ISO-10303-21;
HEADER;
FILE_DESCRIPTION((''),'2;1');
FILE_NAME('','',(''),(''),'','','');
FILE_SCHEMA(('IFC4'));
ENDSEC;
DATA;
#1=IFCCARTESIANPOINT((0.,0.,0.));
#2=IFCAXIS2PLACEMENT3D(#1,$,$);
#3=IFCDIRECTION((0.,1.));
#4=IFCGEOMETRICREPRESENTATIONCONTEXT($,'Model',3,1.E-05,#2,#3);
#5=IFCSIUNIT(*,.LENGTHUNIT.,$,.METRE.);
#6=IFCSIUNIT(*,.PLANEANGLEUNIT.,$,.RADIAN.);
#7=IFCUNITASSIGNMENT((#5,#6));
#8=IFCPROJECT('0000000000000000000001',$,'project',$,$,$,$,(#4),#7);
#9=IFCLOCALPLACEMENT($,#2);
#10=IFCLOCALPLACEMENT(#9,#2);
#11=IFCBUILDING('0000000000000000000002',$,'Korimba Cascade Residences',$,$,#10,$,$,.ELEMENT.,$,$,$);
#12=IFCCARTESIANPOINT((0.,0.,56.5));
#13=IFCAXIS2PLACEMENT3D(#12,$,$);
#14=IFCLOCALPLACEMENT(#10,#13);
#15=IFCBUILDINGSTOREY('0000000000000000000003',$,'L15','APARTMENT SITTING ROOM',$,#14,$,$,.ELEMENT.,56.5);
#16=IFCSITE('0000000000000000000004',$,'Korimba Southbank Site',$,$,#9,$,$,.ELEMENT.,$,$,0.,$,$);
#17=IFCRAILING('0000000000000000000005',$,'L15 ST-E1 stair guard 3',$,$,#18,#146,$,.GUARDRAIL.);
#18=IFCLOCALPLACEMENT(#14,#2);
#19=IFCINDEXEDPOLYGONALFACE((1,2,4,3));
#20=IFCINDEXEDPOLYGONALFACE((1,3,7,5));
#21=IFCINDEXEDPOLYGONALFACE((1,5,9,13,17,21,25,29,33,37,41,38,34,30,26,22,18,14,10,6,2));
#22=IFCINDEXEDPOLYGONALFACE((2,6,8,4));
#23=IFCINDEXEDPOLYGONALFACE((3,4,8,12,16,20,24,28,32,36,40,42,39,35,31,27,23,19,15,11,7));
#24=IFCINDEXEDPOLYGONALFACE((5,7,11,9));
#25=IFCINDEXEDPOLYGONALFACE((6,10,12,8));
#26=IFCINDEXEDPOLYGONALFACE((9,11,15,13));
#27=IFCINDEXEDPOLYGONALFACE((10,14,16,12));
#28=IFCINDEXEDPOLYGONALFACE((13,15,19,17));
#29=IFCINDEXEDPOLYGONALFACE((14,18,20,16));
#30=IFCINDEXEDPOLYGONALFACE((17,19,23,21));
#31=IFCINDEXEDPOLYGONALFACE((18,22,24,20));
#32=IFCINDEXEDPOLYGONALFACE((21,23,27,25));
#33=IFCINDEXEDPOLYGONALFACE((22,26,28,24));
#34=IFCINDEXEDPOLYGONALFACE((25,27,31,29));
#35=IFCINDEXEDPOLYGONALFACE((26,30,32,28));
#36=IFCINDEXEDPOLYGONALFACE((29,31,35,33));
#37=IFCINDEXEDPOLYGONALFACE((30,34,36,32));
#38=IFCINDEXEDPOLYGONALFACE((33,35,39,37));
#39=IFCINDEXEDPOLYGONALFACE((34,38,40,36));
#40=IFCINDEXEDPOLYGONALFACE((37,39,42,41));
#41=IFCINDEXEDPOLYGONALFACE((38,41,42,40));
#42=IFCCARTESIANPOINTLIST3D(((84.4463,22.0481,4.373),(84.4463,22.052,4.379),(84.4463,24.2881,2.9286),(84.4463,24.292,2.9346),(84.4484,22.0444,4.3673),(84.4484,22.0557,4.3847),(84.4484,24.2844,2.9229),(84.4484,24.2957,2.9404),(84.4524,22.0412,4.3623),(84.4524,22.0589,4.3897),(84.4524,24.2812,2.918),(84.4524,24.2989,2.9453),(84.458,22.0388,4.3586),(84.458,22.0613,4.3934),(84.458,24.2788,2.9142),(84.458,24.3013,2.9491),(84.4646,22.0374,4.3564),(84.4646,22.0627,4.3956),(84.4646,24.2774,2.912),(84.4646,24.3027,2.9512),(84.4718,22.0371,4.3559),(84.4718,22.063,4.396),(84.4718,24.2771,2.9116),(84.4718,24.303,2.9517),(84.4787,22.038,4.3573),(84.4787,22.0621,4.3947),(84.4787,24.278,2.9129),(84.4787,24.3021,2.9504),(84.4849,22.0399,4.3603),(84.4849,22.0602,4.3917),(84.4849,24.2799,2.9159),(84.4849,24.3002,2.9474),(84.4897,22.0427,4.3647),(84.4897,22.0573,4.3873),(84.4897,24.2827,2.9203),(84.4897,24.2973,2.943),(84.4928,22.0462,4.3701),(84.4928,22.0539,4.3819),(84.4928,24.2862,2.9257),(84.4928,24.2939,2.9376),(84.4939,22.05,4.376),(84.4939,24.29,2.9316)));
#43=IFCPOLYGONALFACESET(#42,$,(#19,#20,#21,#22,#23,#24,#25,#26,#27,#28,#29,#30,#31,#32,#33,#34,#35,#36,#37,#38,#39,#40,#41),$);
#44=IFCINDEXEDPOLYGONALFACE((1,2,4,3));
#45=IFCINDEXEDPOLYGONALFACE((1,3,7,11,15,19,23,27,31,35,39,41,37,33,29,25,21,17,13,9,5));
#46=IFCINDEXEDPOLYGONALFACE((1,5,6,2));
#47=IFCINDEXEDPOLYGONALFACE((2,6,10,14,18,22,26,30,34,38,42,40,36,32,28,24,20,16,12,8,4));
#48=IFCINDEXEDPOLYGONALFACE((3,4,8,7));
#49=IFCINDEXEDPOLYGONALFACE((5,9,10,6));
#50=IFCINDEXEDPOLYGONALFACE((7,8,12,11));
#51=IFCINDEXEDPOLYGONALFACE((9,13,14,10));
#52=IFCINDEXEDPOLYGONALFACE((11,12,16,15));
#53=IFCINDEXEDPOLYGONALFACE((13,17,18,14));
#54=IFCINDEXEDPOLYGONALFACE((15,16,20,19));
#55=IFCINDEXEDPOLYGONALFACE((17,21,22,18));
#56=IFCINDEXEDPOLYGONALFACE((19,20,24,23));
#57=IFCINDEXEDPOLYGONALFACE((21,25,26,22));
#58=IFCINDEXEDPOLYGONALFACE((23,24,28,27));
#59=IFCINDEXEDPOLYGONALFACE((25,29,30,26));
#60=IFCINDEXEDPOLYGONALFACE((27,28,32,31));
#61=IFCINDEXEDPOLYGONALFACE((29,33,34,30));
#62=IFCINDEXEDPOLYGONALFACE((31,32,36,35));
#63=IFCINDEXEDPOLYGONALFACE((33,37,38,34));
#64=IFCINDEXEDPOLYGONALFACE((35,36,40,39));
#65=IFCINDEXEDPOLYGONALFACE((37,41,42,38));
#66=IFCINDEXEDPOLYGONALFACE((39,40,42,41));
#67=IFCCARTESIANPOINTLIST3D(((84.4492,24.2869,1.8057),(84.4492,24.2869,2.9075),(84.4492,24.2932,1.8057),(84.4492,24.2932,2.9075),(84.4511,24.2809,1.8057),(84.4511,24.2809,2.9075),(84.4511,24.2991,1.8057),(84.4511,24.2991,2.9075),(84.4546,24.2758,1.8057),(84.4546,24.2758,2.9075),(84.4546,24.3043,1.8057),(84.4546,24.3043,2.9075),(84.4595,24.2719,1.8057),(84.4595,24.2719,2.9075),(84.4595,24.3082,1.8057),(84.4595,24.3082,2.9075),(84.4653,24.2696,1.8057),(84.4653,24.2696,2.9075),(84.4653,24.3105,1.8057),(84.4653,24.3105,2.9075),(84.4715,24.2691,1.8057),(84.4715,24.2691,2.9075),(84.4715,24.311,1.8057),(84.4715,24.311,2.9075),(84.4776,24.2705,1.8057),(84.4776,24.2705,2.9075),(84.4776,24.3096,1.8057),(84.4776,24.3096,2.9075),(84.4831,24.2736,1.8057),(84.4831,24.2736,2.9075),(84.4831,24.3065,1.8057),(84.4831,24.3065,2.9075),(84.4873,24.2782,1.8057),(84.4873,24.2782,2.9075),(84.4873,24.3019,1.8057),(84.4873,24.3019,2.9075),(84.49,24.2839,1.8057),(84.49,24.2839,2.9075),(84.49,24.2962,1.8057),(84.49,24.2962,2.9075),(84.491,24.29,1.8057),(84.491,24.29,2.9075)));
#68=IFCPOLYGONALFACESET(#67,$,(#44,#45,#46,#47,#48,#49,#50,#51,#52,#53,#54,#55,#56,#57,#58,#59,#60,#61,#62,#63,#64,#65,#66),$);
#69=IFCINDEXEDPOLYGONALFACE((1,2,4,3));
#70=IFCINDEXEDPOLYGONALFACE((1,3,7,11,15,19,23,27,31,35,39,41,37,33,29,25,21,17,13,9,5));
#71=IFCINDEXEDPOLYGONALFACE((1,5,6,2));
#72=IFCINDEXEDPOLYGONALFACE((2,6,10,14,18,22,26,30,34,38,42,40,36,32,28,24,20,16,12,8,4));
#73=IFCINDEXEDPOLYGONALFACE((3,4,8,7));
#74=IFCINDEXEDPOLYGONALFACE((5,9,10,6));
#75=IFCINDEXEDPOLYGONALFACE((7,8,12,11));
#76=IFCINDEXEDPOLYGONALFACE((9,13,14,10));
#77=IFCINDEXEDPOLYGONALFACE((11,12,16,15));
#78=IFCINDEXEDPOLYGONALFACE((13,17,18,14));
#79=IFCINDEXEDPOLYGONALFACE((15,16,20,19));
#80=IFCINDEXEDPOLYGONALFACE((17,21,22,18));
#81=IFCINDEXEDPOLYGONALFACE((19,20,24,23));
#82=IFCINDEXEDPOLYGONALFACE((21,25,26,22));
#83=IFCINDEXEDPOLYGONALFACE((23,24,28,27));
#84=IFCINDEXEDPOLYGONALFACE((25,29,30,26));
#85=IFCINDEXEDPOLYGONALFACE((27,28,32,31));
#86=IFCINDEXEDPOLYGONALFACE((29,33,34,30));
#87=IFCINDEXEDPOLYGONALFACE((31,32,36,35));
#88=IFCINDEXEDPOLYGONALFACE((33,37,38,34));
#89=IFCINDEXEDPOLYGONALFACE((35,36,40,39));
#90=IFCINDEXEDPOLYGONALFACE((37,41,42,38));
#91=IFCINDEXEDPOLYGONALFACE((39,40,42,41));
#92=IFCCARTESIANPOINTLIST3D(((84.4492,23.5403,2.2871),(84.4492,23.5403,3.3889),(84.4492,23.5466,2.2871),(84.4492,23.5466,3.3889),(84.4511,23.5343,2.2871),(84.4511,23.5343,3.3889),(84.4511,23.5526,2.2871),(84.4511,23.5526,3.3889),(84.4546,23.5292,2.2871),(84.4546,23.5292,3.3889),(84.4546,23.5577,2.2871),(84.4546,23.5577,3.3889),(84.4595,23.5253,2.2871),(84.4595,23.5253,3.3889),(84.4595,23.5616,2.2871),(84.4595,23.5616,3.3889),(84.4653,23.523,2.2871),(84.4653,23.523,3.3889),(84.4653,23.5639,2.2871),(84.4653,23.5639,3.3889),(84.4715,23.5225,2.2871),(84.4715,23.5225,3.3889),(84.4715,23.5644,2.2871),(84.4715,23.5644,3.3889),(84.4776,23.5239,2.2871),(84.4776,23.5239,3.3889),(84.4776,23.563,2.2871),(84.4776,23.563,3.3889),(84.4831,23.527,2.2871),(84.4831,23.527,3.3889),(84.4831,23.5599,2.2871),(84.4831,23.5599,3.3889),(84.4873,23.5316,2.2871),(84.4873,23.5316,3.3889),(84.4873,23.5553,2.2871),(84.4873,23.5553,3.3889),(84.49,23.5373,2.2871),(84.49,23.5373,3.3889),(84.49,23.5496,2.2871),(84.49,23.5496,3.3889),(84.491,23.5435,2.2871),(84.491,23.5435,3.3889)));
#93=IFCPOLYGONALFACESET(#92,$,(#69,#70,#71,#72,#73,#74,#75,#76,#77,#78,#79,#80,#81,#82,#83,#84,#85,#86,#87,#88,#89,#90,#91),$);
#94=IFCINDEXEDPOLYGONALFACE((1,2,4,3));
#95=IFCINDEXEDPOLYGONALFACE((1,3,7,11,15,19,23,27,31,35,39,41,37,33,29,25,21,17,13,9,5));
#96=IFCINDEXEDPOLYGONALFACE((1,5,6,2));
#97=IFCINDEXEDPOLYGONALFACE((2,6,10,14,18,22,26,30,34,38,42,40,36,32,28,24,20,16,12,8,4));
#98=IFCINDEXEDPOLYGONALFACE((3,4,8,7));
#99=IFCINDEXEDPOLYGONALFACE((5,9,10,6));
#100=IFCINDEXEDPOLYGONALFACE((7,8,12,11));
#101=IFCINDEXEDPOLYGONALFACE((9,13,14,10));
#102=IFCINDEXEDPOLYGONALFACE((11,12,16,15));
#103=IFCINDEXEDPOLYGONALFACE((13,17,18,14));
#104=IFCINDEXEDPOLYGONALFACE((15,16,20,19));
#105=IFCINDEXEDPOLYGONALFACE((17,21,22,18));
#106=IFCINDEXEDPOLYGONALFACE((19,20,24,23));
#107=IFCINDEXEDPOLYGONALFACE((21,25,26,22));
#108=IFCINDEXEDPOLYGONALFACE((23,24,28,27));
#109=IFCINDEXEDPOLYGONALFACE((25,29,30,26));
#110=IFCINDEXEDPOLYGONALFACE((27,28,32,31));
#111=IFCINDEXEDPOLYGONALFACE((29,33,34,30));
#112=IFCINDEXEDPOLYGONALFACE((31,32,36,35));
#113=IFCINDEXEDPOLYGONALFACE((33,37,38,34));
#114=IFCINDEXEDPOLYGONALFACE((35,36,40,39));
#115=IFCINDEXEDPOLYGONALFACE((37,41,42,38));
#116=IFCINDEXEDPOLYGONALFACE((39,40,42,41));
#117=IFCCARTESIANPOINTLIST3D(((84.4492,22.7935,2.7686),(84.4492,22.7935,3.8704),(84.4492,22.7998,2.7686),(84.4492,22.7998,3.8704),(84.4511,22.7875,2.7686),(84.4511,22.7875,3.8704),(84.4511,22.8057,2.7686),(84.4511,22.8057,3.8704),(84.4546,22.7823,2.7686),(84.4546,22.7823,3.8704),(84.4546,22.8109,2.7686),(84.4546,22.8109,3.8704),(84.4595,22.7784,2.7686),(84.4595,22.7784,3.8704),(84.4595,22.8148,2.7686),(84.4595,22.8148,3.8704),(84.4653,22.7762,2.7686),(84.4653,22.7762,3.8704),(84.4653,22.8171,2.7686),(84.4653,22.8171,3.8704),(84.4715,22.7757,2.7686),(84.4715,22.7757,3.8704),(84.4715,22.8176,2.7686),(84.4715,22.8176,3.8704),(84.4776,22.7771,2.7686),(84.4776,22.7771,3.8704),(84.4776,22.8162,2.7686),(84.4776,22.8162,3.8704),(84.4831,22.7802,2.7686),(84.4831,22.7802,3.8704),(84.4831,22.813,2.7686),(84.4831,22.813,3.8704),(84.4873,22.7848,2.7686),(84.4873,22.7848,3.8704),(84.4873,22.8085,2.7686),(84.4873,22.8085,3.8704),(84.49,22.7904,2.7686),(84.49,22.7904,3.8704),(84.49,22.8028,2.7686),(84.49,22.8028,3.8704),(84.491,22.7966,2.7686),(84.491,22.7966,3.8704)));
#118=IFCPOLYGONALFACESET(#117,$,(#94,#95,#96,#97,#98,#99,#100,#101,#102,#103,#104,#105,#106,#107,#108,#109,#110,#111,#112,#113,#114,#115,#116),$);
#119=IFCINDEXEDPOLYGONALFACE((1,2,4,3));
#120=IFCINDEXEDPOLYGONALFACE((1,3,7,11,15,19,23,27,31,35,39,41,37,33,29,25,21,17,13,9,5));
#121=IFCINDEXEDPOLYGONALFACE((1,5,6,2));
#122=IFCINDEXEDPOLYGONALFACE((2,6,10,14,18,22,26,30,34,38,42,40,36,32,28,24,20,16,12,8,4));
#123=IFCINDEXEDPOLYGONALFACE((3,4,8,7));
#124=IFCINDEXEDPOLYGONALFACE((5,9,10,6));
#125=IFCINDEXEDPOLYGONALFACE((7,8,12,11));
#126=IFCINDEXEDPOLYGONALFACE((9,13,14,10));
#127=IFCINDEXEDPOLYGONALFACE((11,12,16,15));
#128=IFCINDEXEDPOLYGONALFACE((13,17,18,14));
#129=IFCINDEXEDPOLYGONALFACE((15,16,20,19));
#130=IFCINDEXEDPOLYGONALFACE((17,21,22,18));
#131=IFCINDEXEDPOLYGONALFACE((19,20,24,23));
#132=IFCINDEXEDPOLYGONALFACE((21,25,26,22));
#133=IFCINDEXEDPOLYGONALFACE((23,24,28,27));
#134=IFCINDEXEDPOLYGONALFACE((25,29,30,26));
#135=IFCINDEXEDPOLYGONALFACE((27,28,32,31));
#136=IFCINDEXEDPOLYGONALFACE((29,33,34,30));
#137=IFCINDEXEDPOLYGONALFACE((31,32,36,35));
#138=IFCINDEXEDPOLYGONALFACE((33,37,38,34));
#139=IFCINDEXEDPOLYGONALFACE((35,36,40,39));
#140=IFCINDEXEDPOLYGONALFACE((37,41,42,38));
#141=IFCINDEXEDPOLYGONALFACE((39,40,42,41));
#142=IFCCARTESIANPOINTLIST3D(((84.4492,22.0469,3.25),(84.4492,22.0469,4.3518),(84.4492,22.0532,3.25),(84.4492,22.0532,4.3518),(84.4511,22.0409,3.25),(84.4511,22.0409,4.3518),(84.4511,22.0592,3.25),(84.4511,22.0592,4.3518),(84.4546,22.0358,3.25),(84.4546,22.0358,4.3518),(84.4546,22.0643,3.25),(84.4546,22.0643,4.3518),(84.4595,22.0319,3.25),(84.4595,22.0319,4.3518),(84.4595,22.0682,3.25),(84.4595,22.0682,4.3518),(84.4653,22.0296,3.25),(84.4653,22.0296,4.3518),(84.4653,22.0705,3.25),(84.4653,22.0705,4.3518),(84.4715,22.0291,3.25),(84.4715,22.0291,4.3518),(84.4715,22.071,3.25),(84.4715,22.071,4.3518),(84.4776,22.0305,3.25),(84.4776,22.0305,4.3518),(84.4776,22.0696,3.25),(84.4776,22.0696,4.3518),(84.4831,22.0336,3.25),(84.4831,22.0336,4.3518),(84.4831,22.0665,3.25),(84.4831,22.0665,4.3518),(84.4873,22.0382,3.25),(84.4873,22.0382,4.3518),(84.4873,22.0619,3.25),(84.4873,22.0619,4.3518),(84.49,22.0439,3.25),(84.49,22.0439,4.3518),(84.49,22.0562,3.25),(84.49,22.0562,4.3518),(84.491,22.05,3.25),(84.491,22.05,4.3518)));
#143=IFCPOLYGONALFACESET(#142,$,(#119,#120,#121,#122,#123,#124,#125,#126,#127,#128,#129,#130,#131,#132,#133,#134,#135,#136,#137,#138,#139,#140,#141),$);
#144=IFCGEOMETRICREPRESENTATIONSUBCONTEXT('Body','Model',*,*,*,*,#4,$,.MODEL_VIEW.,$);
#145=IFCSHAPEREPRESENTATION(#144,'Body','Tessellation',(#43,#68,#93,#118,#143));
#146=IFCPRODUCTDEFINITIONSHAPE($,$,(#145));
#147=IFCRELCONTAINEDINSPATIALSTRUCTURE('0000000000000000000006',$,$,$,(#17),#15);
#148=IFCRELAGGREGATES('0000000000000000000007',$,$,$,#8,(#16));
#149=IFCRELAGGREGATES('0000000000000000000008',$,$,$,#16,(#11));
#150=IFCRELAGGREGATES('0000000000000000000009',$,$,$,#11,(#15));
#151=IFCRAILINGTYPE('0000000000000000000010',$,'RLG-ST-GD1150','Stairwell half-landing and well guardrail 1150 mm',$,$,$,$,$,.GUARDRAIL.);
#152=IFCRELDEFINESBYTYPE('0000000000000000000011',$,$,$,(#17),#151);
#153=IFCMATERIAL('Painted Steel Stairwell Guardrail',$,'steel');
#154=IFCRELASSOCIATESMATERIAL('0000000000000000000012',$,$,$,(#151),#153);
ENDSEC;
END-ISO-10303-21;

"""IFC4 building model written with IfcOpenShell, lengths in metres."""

from ifc_helpers import new_model, si_unit, direction, frame, origin, origin_2d, place, context, subcontext, project, spatial, circle, extrude, material, type_object, element, save


model = new_model("IFC4")

# Units and contexts
model_context = context("Model", 3, precision=1e-05, world=origin(), true_north=direction((0.0, 1.0)))
body_context = subcontext(model_context, "Body", "Model", "MODEL_VIEW")
ifc_project = project(units=[si_unit("LENGTHUNIT", "METRE"), si_unit("PLANEANGLEUNIT", "RADIAN")], contexts=[model_context])

# Site, building, storey
site_placement = place(None, origin())
site = spatial("IfcSite", under=ifc_project, at=site_placement, Name="Korimba Southbank Site", CompositionType="ELEMENT", RefElevation=0.0)
building_placement = place(site_placement, origin())
building = spatial("IfcBuilding", under=site, at=building_placement, Name="Korimba Cascade Residences", CompositionType="ELEMENT")
storey_placement = place(building_placement, frame((0.0, 0.0, 56.5)))
storey = spatial("IfcBuildingStorey", under=building, at=storey_placement, Name="L15", Description="APARTMENT SITTING ROOM", CompositionType="ELEMENT", Elevation=56.5)

# Railing
ifc_material_1 = material(Name="Painted Steel Stairwell Guardrail", Category="steel")
railing_type_1 = type_object("IfcRailingType", Name="RLG-ST-GD1150", Description="Stairwell half-landing and well guardrail 1150 mm", PredefinedType="GUARDRAIL", material=ifc_material_1)
railing_1_placement = place(storey_placement, frame((84.47, 24.29, 1.8057)))
element("IfcRailing", 1, at=railing_1_placement, inside=storey, type_object=railing_type_1, Name="L15 ST-E1 stair guard 3", PredefinedType="GUARDRAIL", context=body_context, shape_type="SweptSolid", body=[
    extrude(circle(Radius=0.0239, at=origin_2d()), frame((0.0, 0.0, 1.126), z_axis=(0.0, -0.840437, 0.54191), x_axis=(1.0, 0.0, 0.0)), (0.0, 0.0, 1.0), 2.6653),
    extrude(circle(Radius=0.021, at=origin_2d()), origin(), (0.0, 0.0, 1.0), 1.1018),
    extrude(circle(Radius=0.021, at=origin_2d()), frame((0.0, -0.7466, 0.4814)), (0.0, 0.0, 1.0), 1.1018),
    extrude(circle(Radius=0.021, at=origin_2d()), frame((0.0, -1.4934, 0.9629)), (0.0, 0.0, 1.0), 1.1018),
    extrude(circle(Radius=0.021, at=origin_2d()), frame((0.0, -2.24, 1.4443)), (0.0, 0.0, 1.0), 1.1018),
])

save(model, "model.ifc")
